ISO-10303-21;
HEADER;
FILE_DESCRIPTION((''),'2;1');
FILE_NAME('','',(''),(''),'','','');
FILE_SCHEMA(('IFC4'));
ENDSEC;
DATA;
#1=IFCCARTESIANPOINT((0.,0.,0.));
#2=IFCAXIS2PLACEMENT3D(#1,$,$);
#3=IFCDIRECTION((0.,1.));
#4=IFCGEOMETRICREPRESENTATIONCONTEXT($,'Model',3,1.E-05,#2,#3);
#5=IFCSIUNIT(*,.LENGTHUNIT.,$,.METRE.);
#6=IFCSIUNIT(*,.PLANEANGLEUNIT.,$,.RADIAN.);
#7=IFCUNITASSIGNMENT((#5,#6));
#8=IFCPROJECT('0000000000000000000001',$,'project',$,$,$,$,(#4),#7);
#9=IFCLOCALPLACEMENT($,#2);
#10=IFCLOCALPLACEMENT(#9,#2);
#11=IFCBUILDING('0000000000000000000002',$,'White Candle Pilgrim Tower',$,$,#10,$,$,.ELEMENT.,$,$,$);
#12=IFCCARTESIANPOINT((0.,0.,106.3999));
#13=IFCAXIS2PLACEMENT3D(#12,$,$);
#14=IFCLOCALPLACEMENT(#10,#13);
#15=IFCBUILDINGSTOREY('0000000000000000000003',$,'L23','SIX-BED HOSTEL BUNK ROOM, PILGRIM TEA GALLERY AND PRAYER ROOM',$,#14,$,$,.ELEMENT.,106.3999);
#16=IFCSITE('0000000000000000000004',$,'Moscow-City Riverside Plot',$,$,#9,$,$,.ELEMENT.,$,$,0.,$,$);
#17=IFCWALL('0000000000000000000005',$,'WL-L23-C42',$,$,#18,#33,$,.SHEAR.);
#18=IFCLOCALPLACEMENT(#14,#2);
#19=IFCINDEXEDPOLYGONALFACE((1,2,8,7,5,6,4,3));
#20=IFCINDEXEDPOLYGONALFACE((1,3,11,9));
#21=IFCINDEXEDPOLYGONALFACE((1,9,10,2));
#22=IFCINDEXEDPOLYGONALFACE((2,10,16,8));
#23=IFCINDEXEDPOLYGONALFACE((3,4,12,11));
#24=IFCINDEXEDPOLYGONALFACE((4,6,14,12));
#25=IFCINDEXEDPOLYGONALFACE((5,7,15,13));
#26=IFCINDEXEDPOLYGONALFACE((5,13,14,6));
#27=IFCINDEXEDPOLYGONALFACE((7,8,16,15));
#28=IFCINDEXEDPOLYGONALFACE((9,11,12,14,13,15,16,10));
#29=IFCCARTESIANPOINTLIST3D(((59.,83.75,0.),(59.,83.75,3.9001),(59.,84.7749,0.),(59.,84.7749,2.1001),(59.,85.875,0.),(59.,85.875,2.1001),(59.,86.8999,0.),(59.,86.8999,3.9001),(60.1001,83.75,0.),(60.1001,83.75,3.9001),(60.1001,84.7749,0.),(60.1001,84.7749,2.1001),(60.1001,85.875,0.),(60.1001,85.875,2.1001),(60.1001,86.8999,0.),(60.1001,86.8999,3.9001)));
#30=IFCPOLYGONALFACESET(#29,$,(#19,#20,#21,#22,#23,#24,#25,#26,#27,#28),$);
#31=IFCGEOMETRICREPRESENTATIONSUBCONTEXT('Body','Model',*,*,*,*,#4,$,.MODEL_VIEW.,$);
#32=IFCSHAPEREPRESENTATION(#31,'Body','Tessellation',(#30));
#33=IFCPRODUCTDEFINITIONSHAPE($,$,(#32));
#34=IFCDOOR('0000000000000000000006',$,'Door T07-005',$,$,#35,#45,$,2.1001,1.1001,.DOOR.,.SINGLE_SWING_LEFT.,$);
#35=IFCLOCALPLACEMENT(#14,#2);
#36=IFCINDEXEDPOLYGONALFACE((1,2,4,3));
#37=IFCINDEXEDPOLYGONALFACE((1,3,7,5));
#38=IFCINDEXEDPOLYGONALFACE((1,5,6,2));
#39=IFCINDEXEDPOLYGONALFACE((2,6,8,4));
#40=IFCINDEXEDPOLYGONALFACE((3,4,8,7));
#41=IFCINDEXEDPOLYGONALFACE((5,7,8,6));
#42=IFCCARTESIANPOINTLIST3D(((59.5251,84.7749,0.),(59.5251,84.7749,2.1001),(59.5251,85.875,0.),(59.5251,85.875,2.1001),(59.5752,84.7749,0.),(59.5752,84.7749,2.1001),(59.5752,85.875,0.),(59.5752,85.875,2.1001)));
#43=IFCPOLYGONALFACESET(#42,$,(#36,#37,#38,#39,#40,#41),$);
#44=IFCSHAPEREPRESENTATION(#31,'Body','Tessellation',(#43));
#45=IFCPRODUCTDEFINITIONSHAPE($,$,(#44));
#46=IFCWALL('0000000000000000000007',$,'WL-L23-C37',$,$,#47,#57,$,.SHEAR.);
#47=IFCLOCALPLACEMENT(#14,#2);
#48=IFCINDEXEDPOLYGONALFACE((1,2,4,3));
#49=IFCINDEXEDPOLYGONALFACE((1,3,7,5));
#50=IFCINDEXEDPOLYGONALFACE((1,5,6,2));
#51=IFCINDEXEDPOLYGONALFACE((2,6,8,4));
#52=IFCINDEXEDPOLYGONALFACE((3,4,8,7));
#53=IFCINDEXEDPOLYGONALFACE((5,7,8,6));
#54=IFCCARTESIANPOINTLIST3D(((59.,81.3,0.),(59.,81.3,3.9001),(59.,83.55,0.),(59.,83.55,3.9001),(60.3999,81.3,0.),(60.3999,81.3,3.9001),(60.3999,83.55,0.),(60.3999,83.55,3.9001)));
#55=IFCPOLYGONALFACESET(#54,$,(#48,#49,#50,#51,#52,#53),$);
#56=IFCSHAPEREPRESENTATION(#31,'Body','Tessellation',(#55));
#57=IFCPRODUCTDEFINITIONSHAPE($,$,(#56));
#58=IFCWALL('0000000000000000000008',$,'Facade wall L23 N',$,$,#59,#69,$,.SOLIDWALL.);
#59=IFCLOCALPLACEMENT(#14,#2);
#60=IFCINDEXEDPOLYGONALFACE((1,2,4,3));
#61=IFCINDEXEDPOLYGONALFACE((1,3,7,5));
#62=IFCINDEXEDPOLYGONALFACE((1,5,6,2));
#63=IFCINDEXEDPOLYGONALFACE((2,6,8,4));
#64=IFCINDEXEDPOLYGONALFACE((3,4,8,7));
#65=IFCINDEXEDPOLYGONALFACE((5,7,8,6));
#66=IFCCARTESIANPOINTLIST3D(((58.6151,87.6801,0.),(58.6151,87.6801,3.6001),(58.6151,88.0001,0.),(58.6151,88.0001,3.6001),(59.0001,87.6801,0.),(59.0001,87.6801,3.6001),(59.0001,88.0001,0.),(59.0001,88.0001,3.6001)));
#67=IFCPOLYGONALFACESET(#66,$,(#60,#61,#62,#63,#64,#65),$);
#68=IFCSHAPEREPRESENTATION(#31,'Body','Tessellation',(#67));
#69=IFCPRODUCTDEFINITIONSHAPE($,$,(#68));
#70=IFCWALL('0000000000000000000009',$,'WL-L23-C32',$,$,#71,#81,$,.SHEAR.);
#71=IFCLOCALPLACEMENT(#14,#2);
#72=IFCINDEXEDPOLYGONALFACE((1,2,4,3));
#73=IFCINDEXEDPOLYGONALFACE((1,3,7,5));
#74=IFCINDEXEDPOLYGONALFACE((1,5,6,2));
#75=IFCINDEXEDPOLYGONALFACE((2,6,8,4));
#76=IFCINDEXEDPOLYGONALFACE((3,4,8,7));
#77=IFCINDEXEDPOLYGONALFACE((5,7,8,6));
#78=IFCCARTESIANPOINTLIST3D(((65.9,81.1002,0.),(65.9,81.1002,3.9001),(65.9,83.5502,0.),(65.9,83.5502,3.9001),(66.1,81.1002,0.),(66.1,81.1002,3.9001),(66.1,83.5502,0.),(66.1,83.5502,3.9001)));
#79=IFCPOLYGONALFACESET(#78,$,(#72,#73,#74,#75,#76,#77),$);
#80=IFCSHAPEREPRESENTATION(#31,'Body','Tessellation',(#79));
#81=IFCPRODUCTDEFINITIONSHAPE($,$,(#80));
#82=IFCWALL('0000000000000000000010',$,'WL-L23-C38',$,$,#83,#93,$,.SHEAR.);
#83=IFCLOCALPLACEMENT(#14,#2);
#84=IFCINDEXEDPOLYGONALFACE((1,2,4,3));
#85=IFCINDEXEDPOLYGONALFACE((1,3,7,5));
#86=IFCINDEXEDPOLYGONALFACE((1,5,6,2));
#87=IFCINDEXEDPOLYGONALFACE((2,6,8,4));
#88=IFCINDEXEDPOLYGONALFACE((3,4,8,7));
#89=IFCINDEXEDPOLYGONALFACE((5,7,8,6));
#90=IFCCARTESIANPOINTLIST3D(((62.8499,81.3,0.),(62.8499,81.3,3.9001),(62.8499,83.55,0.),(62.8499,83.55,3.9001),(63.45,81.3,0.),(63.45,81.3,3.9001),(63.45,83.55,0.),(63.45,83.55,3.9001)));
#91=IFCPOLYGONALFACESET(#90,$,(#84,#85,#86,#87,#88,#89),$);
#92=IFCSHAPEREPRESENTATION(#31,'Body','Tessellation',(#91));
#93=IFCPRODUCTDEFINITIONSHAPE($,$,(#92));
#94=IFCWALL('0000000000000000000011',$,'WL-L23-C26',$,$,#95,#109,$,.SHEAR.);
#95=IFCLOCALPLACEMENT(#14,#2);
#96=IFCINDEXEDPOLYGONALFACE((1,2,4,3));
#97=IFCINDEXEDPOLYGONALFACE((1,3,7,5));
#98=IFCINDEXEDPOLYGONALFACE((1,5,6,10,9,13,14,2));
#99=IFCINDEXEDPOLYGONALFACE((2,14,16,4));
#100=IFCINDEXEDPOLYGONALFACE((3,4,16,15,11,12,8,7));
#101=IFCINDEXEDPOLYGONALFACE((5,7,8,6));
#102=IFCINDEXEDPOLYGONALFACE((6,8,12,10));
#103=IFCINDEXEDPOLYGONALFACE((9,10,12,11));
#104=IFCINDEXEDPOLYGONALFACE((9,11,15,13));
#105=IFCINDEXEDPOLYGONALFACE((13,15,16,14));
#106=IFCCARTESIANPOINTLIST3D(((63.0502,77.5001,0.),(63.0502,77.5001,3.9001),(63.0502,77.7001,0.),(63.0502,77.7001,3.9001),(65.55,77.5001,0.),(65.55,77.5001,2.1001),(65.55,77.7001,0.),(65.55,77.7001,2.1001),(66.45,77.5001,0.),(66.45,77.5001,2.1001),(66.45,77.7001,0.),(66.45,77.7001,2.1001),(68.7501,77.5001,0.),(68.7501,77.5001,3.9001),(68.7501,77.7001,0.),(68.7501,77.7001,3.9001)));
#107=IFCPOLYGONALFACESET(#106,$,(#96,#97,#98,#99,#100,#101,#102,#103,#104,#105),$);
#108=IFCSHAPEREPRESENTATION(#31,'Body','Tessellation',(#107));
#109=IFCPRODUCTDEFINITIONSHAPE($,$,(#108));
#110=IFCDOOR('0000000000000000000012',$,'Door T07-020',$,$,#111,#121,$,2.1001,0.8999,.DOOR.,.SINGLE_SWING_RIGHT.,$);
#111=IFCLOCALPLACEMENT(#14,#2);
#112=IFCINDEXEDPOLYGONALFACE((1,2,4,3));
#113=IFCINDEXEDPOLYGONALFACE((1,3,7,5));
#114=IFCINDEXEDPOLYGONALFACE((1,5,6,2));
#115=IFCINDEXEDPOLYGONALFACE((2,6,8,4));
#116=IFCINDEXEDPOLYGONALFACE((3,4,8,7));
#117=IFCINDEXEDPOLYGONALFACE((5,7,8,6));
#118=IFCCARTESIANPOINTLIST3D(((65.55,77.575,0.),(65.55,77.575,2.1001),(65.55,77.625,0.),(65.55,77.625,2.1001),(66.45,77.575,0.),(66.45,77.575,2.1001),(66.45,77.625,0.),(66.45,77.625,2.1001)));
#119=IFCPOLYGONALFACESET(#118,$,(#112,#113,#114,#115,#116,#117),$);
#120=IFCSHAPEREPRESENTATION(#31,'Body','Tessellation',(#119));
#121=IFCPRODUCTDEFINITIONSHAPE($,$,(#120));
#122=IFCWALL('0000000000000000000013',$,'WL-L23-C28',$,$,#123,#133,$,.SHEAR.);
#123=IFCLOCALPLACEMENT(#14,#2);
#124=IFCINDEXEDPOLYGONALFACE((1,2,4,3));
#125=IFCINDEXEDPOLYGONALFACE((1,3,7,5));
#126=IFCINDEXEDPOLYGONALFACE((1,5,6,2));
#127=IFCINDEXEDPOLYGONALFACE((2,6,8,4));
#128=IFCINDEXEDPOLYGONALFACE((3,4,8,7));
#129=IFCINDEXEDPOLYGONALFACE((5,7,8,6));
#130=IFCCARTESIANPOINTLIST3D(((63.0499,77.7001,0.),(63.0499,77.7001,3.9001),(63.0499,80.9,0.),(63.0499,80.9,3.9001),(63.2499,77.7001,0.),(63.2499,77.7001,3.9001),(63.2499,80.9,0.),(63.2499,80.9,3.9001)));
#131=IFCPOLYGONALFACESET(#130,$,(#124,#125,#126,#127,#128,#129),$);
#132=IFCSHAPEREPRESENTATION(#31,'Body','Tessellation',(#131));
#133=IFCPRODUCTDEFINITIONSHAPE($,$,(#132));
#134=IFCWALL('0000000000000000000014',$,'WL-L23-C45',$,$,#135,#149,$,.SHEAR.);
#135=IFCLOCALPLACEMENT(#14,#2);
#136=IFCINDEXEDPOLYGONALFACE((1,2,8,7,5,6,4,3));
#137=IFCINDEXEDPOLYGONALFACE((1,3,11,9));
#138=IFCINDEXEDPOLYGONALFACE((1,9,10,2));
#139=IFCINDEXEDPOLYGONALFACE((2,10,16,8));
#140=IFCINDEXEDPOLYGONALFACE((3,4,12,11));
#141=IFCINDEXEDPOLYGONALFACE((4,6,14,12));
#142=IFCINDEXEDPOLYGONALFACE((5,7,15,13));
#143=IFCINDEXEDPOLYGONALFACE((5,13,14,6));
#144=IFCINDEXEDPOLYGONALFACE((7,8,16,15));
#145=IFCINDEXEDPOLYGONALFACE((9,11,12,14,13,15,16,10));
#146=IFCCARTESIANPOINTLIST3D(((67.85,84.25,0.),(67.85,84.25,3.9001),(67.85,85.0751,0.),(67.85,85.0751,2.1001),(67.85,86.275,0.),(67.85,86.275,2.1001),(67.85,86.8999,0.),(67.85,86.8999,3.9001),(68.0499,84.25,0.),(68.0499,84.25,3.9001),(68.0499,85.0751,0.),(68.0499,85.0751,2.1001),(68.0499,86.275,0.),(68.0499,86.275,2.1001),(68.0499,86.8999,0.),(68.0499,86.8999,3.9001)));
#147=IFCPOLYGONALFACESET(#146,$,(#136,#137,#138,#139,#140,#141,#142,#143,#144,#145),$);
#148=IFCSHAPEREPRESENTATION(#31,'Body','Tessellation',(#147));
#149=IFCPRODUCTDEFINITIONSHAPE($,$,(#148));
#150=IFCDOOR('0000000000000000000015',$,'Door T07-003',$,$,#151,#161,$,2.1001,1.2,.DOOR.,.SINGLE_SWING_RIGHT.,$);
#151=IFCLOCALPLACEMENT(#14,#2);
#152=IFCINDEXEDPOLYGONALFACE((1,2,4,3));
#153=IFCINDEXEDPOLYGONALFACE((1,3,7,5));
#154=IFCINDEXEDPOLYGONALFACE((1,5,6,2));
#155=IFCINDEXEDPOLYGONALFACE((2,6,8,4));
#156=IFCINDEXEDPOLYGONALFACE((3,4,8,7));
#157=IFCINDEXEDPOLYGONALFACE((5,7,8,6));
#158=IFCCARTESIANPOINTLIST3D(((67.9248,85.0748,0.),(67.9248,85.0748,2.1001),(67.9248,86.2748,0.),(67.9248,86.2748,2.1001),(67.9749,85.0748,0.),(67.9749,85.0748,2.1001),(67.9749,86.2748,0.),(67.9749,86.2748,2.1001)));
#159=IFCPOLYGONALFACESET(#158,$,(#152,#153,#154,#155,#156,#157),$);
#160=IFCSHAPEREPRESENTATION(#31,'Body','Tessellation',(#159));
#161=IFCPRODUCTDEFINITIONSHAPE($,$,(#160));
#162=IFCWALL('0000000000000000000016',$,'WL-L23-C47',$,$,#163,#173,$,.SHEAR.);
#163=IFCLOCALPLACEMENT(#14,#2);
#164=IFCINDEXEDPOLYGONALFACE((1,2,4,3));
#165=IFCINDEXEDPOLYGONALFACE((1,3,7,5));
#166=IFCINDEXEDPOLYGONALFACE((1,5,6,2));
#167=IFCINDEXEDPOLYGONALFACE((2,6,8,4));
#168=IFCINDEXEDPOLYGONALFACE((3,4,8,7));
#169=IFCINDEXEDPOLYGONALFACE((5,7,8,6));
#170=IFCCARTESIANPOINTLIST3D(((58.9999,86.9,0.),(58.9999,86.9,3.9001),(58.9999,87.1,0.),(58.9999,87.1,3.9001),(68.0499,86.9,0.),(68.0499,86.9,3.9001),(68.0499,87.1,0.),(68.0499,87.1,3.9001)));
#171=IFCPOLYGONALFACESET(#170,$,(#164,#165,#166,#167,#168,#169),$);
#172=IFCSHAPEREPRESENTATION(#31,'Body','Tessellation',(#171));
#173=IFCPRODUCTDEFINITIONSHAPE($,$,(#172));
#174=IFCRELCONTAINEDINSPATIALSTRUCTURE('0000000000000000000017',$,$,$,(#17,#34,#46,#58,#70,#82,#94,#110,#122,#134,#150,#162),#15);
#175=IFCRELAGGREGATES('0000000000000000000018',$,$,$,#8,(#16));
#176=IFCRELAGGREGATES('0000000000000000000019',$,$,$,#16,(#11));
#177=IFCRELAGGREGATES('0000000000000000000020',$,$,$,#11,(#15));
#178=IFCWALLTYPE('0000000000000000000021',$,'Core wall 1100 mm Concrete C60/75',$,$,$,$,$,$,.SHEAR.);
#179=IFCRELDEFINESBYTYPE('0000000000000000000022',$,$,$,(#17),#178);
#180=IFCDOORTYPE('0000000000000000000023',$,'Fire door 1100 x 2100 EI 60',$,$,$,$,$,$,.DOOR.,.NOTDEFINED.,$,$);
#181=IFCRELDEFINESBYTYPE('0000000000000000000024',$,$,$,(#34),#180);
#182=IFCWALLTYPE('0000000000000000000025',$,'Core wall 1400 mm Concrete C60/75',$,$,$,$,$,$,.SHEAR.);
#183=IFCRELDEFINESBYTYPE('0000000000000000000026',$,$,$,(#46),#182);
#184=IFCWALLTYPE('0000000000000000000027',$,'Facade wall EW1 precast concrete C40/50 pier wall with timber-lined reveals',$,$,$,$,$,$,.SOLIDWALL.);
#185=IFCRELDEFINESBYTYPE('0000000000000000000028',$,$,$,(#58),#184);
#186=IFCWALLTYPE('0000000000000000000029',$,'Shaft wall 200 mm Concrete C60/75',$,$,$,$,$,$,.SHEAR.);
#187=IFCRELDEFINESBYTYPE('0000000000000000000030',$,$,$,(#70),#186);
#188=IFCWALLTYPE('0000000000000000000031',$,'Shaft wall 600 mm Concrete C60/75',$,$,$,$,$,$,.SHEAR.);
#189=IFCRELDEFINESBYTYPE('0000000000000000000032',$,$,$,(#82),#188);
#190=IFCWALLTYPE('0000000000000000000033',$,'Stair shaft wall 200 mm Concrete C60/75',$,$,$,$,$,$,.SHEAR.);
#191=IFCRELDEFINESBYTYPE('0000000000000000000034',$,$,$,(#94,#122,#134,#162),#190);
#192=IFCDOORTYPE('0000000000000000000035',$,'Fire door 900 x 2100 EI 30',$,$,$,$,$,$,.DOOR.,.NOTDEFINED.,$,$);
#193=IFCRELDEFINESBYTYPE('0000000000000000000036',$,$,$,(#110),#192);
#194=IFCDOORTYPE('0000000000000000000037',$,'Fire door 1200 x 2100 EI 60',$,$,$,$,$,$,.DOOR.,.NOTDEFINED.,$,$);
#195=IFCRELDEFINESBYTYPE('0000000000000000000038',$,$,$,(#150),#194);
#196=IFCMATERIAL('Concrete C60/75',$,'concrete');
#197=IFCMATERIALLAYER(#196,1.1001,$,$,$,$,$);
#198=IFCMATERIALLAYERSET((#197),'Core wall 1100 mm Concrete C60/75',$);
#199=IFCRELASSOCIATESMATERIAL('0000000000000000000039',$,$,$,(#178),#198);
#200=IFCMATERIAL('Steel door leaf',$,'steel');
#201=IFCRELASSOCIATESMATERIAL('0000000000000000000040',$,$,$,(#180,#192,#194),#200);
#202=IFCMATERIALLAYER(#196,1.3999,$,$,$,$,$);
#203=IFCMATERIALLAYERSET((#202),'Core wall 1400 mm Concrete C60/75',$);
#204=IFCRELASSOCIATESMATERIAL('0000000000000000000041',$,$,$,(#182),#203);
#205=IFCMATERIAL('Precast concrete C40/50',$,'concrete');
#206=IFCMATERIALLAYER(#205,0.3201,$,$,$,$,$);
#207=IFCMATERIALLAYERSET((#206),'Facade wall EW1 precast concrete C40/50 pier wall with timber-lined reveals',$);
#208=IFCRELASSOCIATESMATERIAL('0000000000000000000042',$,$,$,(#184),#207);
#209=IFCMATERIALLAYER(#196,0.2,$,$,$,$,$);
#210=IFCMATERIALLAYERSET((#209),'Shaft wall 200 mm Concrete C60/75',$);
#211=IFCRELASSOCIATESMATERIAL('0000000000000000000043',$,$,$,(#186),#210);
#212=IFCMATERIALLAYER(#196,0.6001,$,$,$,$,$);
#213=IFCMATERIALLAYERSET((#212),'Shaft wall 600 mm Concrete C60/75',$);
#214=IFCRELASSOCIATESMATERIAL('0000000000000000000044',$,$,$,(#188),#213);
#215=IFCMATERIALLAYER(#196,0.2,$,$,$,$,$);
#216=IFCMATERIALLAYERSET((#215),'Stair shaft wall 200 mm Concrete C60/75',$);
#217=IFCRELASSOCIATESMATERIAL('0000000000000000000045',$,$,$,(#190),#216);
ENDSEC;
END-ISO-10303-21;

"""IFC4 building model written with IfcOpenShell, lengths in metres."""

from ifc_helpers import new_model, si_unit, direction, frame, frame_2d, origin, place, context, subcontext, project, spatial, rectangle, extrude, material, layer, layer_set, type_object, element, fill, save


model = new_model("IFC4")

# Units and contexts
model_context = context("Model", 3, precision=1e-05, world=origin(), true_north=direction((0.0, 1.0)))
body_context = subcontext(model_context, "Body", "Model", "MODEL_VIEW")
ifc_project = project(units=[si_unit("LENGTHUNIT", "METRE"), si_unit("PLANEANGLEUNIT", "RADIAN")], contexts=[model_context])

# Site, building, storey
site_placement = place(None, origin())
site = spatial("IfcSite", under=ifc_project, at=site_placement, Name="Moscow-City Riverside Plot", CompositionType="ELEMENT", RefElevation=0.0)
building_placement = place(site_placement, origin())
building = spatial("IfcBuilding", under=site, at=building_placement, Name="White Candle Pilgrim Tower", CompositionType="ELEMENT")
storey_placement = place(building_placement, frame((0.0, 0.0, 106.3999)))
storey = spatial("IfcBuildingStorey", under=building, at=storey_placement, Name="L23", Description="SIX-BED HOSTEL BUNK ROOM, PILGRIM TEA GALLERY AND PRAYER ROOM", CompositionType="ELEMENT", Elevation=106.3999)

# Wall, opening, door
ifc_material_1 = material(Name="Concrete C60/75", Category="concrete")
ifc_layer_1 = layer(ifc_material_1, 1.1001)
ifc_layer_set_1 = layer_set([ifc_layer_1], Name="Core wall 1100 mm Concrete C60/75")
wall_type_1 = type_object("IfcWallType", Name="Core wall 1100 mm Concrete C60/75", PredefinedType="SHEAR", material=ifc_layer_set_1)
wall_1_placement = place(storey_placement, frame((59.55, 83.75, 0.0), z_axis=(0.0, 0.0, 1.0), x_axis=(0.0, 1.0, 0.0)))
wall_1 = element("IfcWall", 1, at=wall_1_placement, inside=storey, type_object=wall_type_1, Name="WL-L23-C42", PredefinedType="SHEAR", context=body_context, shape_type="SweptSolid", body=[
    extrude(rectangle(XDim=3.1499, YDim=1.1001, at=frame_2d((1.575, 0.0))), origin(), (0.0, 0.0, 1.0), 3.9001),
])
opening_1_placement = place(wall_1_placement, frame((1.0249, 0.0, 0.0)))
opening_1 = element("IfcOpeningElement", 2, at=opening_1_placement, cuts=wall_1, PredefinedType="OPENING", context=body_context, shape_type="SweptSolid", body=[
    extrude(rectangle(XDim=1.1001, YDim=2.1001, at=frame_2d((0.55, 1.05))), frame((0.0, 0.5601, 0.0), z_axis=(0.0, -1.0, 0.0), x_axis=(1.0, 0.0, 0.0)), (0.0, 0.0, 1.0), 1.1201),
])
ifc_material_2 = material(Name="Steel door leaf", Category="steel")
door_type_1 = type_object("IfcDoorType", Name="Fire door 1100 x 2100 EI 60", OperationType="NOTDEFINED", PredefinedType="DOOR", material=ifc_material_2)
door_1_placement = place(opening_1_placement, origin())
door_1 = element("IfcDoor", 3, at=door_1_placement, inside=storey, type_object=door_type_1, Name="Door T07-005", OperationType="SINGLE_SWING_LEFT", OverallHeight=2.1001, OverallWidth=1.1001, PredefinedType="DOOR", context=body_context, shape_type="SweptSolid", body=[
    extrude(rectangle(XDim=1.1001, YDim=2.1001, at=frame_2d((0.55, 1.05))), frame((0.0, 0.0249, 0.0), z_axis=(0.0, -1.0, 0.0), x_axis=(1.0, 0.0, 0.0)), (0.0, 0.0, 1.0), 0.05),
])
fill(opening_1, door_1)

# Walls
ifc_layer_2 = layer(ifc_material_1, 1.3999)
ifc_layer_set_2 = layer_set([ifc_layer_2], Name="Core wall 1400 mm Concrete C60/75")
wall_type_2 = type_object("IfcWallType", Name="Core wall 1400 mm Concrete C60/75", PredefinedType="SHEAR", material=ifc_layer_set_2)
wall_2_placement = place(storey_placement, frame((59.7, 81.3, 0.0), z_axis=(0.0, 0.0, 1.0), x_axis=(0.0, 1.0, 0.0)))
element("IfcWall", 4, at=wall_2_placement, inside=storey, type_object=wall_type_2, Name="WL-L23-C37", PredefinedType="SHEAR", context=body_context, shape_type="SweptSolid", body=[
    extrude(rectangle(XDim=2.25, YDim=1.3999, at=frame_2d((1.125, 0.0))), origin(), (0.0, 0.0, 1.0), 3.9001),
])
ifc_material_3 = material(Name="Precast concrete C40/50", Category="concrete")
ifc_layer_3 = layer(ifc_material_3, 0.3201)
ifc_layer_set_3 = layer_set([ifc_layer_3], Name="Facade wall EW1 precast concrete C40/50 pier wall with timber-lined reveals")
wall_type_3 = type_object("IfcWallType", Name="Facade wall EW1 precast concrete C40/50 pier wall with timber-lined reveals", PredefinedType="SOLIDWALL", material=ifc_layer_set_3)
wall_3_placement = place(storey_placement, frame((59.0, 87.8401, 0.0), z_axis=(0.0, 0.0, 1.0), x_axis=(-1.0, 0.0, 0.0)))
element("IfcWall", 5, at=wall_3_placement, inside=storey, type_object=wall_type_3, Name="Facade wall L23 N", PredefinedType="SOLIDWALL", context=body_context, shape_type="SweptSolid", body=[
    extrude(rectangle(XDim=0.385, YDim=0.3201, at=frame_2d((0.1924, 0.0))), origin(), (0.0, 0.0, 1.0), 3.6001),
])
ifc_layer_4 = layer(ifc_material_1, 0.2)
ifc_layer_set_4 = layer_set([ifc_layer_4], Name="Shaft wall 200 mm Concrete C60/75")
wall_type_4 = type_object("IfcWallType", Name="Shaft wall 200 mm Concrete C60/75", PredefinedType="SHEAR", material=ifc_layer_set_4)
wall_4_placement = place(storey_placement, frame((66.0, 81.1001, 0.0), z_axis=(0.0, 0.0, 1.0), x_axis=(0.0, 1.0, 0.0)))
element("IfcWall", 6, at=wall_4_placement, inside=storey, type_object=wall_type_4, Name="WL-L23-C32", PredefinedType="SHEAR", context=body_context, shape_type="SweptSolid", body=[
    extrude(rectangle(XDim=2.45, YDim=0.2, at=frame_2d((1.2251, 0.0))), origin(), (0.0, 0.0, 1.0), 3.9001),
])
ifc_layer_5 = layer(ifc_material_1, 0.6001)
ifc_layer_set_5 = layer_set([ifc_layer_5], Name="Shaft wall 600 mm Concrete C60/75")
wall_type_5 = type_object("IfcWallType", Name="Shaft wall 600 mm Concrete C60/75", PredefinedType="SHEAR", material=ifc_layer_set_5)
wall_5_placement = place(storey_placement, frame((63.1499, 81.3, 0.0), z_axis=(0.0, 0.0, 1.0), x_axis=(0.0, 1.0, 0.0)))
element("IfcWall", 7, at=wall_5_placement, inside=storey, type_object=wall_type_5, Name="WL-L23-C38", PredefinedType="SHEAR", context=body_context, shape_type="SweptSolid", body=[
    extrude(rectangle(XDim=2.25, YDim=0.6001, at=frame_2d((1.125, 0.0))), origin(), (0.0, 0.0, 1.0), 3.9001),
])

# Wall, opening, door
ifc_layer_6 = layer(ifc_material_1, 0.2)
ifc_layer_set_6 = layer_set([ifc_layer_6], Name="Stair shaft wall 200 mm Concrete C60/75")
wall_type_6 = type_object("IfcWallType", Name="Stair shaft wall 200 mm Concrete C60/75", PredefinedType="SHEAR", material=ifc_layer_set_6)
wall_6_placement = place(storey_placement, frame((63.05, 77.6001, 0.0), z_axis=(0.0, 0.0, 1.0), x_axis=(1.0, 0.0, 0.0)))
wall_6 = element("IfcWall", 8, at=wall_6_placement, inside=storey, type_object=wall_type_6, Name="WL-L23-C26", PredefinedType="SHEAR", context=body_context, shape_type="SweptSolid", body=[
    extrude(rectangle(XDim=5.7, YDim=0.2, at=frame_2d((2.8501, 0.0))), origin(), (0.0, 0.0, 1.0), 3.9001),
])
opening_2_placement = place(wall_6_placement, frame((2.5, 0.0, 0.0)))
opening_2 = element("IfcOpeningElement", 9, at=opening_2_placement, cuts=wall_6, PredefinedType="OPENING", context=body_context, shape_type="SweptSolid", body=[
    extrude(rectangle(XDim=0.8999, YDim=2.1001, at=frame_2d((0.45, 1.05))), frame((0.0, 0.1099, 0.0), z_axis=(0.0, -1.0, 0.0), x_axis=(1.0, 0.0, 0.0)), (0.0, 0.0, 1.0), 0.22),
])
door_type_2 = type_object("IfcDoorType", Name="Fire door 900 x 2100 EI 30", OperationType="NOTDEFINED", PredefinedType="DOOR", material=ifc_material_2)
door_2_placement = place(opening_2_placement, origin())
door_2 = element("IfcDoor", 10, at=door_2_placement, inside=storey, type_object=door_type_2, Name="Door T07-020", OperationType="SINGLE_SWING_RIGHT", OverallHeight=2.1001, OverallWidth=0.8999, PredefinedType="DOOR", context=body_context, shape_type="SweptSolid", body=[
    extrude(rectangle(XDim=0.8999, YDim=2.1001, at=frame_2d((0.45, 1.05))), frame((0.0, 0.0249, 0.0), z_axis=(0.0, -1.0, 0.0), x_axis=(1.0, 0.0, 0.0)), (0.0, 0.0, 1.0), 0.05),
])
fill(opening_2, door_2)

# Wall
wall_7_placement = place(storey_placement, frame((63.1499, 77.7, 0.0), z_axis=(0.0, 0.0, 1.0), x_axis=(0.0, 1.0, 0.0)))
element("IfcWall", 11, at=wall_7_placement, inside=storey, type_object=wall_type_6, Name="WL-L23-C28", PredefinedType="SHEAR", context=body_context, shape_type="SweptSolid", body=[
    extrude(rectangle(XDim=3.2, YDim=0.2, at=frame_2d((1.6001, 0.0))), origin(), (0.0, 0.0, 1.0), 3.9001),
])

# Wall, opening, door
wall_8_placement = place(storey_placement, frame((67.95, 84.25, 0.0), z_axis=(0.0, 0.0, 1.0), x_axis=(0.0, 1.0, 0.0)))
wall_8 = element("IfcWall", 12, at=wall_8_placement, inside=storey, type_object=wall_type_6, Name="WL-L23-C45", PredefinedType="SHEAR", context=body_context, shape_type="SweptSolid", body=[
    extrude(rectangle(XDim=2.6499, YDim=0.2, at=frame_2d((1.325, 0.0))), origin(), (0.0, 0.0, 1.0), 3.9001),
])
opening_3_placement = place(wall_8_placement, frame((0.825, 0.0, 0.0)))
opening_3 = element("IfcOpeningElement", 13, at=opening_3_placement, cuts=wall_8, PredefinedType="OPENING", context=body_context, shape_type="SweptSolid", body=[
    extrude(rectangle(XDim=1.2, YDim=2.1001, at=frame_2d((0.6001, 1.05))), frame((0.0, 0.1099, 0.0), z_axis=(0.0, -1.0, 0.0), x_axis=(1.0, 0.0, 0.0)), (0.0, 0.0, 1.0), 0.22),
])
door_type_3 = type_object("IfcDoorType", Name="Fire door 1200 x 2100 EI 60", OperationType="NOTDEFINED", PredefinedType="DOOR", material=ifc_material_2)
door_3_placement = place(opening_3_placement, frame((1.2, 0.0, 0.0), z_axis=(0.0, 0.0, 1.0), x_axis=(-1.0, 0.0, 0.0)))
door_3 = element("IfcDoor", 14, at=door_3_placement, inside=storey, type_object=door_type_3, Name="Door T07-003", OperationType="SINGLE_SWING_RIGHT", OverallHeight=2.1001, OverallWidth=1.2, PredefinedType="DOOR", context=body_context, shape_type="SweptSolid", body=[
    extrude(rectangle(XDim=1.2, YDim=2.1001, at=frame_2d((0.6001, 1.05))), frame((0.0, 0.0249, 0.0), z_axis=(0.0, -1.0, 0.0), x_axis=(1.0, 0.0, 0.0)), (0.0, 0.0, 1.0), 0.05),
])
fill(opening_3, door_3)

# Wall
wall_9_placement = place(storey_placement, frame((59.0, 87.0, 0.0), z_axis=(0.0, 0.0, 1.0), x_axis=(1.0, 0.0, 0.0)))
element("IfcWall", 15, at=wall_9_placement, inside=storey, type_object=wall_type_6, Name="WL-L23-C47", PredefinedType="SHEAR", context=body_context, shape_type="SweptSolid", body=[
    extrude(rectangle(XDim=9.05, YDim=0.2, at=frame_2d((4.5249, 0.0))), origin(), (0.0, 0.0, 1.0), 3.9001),
])

save(model, "model.ifc")
